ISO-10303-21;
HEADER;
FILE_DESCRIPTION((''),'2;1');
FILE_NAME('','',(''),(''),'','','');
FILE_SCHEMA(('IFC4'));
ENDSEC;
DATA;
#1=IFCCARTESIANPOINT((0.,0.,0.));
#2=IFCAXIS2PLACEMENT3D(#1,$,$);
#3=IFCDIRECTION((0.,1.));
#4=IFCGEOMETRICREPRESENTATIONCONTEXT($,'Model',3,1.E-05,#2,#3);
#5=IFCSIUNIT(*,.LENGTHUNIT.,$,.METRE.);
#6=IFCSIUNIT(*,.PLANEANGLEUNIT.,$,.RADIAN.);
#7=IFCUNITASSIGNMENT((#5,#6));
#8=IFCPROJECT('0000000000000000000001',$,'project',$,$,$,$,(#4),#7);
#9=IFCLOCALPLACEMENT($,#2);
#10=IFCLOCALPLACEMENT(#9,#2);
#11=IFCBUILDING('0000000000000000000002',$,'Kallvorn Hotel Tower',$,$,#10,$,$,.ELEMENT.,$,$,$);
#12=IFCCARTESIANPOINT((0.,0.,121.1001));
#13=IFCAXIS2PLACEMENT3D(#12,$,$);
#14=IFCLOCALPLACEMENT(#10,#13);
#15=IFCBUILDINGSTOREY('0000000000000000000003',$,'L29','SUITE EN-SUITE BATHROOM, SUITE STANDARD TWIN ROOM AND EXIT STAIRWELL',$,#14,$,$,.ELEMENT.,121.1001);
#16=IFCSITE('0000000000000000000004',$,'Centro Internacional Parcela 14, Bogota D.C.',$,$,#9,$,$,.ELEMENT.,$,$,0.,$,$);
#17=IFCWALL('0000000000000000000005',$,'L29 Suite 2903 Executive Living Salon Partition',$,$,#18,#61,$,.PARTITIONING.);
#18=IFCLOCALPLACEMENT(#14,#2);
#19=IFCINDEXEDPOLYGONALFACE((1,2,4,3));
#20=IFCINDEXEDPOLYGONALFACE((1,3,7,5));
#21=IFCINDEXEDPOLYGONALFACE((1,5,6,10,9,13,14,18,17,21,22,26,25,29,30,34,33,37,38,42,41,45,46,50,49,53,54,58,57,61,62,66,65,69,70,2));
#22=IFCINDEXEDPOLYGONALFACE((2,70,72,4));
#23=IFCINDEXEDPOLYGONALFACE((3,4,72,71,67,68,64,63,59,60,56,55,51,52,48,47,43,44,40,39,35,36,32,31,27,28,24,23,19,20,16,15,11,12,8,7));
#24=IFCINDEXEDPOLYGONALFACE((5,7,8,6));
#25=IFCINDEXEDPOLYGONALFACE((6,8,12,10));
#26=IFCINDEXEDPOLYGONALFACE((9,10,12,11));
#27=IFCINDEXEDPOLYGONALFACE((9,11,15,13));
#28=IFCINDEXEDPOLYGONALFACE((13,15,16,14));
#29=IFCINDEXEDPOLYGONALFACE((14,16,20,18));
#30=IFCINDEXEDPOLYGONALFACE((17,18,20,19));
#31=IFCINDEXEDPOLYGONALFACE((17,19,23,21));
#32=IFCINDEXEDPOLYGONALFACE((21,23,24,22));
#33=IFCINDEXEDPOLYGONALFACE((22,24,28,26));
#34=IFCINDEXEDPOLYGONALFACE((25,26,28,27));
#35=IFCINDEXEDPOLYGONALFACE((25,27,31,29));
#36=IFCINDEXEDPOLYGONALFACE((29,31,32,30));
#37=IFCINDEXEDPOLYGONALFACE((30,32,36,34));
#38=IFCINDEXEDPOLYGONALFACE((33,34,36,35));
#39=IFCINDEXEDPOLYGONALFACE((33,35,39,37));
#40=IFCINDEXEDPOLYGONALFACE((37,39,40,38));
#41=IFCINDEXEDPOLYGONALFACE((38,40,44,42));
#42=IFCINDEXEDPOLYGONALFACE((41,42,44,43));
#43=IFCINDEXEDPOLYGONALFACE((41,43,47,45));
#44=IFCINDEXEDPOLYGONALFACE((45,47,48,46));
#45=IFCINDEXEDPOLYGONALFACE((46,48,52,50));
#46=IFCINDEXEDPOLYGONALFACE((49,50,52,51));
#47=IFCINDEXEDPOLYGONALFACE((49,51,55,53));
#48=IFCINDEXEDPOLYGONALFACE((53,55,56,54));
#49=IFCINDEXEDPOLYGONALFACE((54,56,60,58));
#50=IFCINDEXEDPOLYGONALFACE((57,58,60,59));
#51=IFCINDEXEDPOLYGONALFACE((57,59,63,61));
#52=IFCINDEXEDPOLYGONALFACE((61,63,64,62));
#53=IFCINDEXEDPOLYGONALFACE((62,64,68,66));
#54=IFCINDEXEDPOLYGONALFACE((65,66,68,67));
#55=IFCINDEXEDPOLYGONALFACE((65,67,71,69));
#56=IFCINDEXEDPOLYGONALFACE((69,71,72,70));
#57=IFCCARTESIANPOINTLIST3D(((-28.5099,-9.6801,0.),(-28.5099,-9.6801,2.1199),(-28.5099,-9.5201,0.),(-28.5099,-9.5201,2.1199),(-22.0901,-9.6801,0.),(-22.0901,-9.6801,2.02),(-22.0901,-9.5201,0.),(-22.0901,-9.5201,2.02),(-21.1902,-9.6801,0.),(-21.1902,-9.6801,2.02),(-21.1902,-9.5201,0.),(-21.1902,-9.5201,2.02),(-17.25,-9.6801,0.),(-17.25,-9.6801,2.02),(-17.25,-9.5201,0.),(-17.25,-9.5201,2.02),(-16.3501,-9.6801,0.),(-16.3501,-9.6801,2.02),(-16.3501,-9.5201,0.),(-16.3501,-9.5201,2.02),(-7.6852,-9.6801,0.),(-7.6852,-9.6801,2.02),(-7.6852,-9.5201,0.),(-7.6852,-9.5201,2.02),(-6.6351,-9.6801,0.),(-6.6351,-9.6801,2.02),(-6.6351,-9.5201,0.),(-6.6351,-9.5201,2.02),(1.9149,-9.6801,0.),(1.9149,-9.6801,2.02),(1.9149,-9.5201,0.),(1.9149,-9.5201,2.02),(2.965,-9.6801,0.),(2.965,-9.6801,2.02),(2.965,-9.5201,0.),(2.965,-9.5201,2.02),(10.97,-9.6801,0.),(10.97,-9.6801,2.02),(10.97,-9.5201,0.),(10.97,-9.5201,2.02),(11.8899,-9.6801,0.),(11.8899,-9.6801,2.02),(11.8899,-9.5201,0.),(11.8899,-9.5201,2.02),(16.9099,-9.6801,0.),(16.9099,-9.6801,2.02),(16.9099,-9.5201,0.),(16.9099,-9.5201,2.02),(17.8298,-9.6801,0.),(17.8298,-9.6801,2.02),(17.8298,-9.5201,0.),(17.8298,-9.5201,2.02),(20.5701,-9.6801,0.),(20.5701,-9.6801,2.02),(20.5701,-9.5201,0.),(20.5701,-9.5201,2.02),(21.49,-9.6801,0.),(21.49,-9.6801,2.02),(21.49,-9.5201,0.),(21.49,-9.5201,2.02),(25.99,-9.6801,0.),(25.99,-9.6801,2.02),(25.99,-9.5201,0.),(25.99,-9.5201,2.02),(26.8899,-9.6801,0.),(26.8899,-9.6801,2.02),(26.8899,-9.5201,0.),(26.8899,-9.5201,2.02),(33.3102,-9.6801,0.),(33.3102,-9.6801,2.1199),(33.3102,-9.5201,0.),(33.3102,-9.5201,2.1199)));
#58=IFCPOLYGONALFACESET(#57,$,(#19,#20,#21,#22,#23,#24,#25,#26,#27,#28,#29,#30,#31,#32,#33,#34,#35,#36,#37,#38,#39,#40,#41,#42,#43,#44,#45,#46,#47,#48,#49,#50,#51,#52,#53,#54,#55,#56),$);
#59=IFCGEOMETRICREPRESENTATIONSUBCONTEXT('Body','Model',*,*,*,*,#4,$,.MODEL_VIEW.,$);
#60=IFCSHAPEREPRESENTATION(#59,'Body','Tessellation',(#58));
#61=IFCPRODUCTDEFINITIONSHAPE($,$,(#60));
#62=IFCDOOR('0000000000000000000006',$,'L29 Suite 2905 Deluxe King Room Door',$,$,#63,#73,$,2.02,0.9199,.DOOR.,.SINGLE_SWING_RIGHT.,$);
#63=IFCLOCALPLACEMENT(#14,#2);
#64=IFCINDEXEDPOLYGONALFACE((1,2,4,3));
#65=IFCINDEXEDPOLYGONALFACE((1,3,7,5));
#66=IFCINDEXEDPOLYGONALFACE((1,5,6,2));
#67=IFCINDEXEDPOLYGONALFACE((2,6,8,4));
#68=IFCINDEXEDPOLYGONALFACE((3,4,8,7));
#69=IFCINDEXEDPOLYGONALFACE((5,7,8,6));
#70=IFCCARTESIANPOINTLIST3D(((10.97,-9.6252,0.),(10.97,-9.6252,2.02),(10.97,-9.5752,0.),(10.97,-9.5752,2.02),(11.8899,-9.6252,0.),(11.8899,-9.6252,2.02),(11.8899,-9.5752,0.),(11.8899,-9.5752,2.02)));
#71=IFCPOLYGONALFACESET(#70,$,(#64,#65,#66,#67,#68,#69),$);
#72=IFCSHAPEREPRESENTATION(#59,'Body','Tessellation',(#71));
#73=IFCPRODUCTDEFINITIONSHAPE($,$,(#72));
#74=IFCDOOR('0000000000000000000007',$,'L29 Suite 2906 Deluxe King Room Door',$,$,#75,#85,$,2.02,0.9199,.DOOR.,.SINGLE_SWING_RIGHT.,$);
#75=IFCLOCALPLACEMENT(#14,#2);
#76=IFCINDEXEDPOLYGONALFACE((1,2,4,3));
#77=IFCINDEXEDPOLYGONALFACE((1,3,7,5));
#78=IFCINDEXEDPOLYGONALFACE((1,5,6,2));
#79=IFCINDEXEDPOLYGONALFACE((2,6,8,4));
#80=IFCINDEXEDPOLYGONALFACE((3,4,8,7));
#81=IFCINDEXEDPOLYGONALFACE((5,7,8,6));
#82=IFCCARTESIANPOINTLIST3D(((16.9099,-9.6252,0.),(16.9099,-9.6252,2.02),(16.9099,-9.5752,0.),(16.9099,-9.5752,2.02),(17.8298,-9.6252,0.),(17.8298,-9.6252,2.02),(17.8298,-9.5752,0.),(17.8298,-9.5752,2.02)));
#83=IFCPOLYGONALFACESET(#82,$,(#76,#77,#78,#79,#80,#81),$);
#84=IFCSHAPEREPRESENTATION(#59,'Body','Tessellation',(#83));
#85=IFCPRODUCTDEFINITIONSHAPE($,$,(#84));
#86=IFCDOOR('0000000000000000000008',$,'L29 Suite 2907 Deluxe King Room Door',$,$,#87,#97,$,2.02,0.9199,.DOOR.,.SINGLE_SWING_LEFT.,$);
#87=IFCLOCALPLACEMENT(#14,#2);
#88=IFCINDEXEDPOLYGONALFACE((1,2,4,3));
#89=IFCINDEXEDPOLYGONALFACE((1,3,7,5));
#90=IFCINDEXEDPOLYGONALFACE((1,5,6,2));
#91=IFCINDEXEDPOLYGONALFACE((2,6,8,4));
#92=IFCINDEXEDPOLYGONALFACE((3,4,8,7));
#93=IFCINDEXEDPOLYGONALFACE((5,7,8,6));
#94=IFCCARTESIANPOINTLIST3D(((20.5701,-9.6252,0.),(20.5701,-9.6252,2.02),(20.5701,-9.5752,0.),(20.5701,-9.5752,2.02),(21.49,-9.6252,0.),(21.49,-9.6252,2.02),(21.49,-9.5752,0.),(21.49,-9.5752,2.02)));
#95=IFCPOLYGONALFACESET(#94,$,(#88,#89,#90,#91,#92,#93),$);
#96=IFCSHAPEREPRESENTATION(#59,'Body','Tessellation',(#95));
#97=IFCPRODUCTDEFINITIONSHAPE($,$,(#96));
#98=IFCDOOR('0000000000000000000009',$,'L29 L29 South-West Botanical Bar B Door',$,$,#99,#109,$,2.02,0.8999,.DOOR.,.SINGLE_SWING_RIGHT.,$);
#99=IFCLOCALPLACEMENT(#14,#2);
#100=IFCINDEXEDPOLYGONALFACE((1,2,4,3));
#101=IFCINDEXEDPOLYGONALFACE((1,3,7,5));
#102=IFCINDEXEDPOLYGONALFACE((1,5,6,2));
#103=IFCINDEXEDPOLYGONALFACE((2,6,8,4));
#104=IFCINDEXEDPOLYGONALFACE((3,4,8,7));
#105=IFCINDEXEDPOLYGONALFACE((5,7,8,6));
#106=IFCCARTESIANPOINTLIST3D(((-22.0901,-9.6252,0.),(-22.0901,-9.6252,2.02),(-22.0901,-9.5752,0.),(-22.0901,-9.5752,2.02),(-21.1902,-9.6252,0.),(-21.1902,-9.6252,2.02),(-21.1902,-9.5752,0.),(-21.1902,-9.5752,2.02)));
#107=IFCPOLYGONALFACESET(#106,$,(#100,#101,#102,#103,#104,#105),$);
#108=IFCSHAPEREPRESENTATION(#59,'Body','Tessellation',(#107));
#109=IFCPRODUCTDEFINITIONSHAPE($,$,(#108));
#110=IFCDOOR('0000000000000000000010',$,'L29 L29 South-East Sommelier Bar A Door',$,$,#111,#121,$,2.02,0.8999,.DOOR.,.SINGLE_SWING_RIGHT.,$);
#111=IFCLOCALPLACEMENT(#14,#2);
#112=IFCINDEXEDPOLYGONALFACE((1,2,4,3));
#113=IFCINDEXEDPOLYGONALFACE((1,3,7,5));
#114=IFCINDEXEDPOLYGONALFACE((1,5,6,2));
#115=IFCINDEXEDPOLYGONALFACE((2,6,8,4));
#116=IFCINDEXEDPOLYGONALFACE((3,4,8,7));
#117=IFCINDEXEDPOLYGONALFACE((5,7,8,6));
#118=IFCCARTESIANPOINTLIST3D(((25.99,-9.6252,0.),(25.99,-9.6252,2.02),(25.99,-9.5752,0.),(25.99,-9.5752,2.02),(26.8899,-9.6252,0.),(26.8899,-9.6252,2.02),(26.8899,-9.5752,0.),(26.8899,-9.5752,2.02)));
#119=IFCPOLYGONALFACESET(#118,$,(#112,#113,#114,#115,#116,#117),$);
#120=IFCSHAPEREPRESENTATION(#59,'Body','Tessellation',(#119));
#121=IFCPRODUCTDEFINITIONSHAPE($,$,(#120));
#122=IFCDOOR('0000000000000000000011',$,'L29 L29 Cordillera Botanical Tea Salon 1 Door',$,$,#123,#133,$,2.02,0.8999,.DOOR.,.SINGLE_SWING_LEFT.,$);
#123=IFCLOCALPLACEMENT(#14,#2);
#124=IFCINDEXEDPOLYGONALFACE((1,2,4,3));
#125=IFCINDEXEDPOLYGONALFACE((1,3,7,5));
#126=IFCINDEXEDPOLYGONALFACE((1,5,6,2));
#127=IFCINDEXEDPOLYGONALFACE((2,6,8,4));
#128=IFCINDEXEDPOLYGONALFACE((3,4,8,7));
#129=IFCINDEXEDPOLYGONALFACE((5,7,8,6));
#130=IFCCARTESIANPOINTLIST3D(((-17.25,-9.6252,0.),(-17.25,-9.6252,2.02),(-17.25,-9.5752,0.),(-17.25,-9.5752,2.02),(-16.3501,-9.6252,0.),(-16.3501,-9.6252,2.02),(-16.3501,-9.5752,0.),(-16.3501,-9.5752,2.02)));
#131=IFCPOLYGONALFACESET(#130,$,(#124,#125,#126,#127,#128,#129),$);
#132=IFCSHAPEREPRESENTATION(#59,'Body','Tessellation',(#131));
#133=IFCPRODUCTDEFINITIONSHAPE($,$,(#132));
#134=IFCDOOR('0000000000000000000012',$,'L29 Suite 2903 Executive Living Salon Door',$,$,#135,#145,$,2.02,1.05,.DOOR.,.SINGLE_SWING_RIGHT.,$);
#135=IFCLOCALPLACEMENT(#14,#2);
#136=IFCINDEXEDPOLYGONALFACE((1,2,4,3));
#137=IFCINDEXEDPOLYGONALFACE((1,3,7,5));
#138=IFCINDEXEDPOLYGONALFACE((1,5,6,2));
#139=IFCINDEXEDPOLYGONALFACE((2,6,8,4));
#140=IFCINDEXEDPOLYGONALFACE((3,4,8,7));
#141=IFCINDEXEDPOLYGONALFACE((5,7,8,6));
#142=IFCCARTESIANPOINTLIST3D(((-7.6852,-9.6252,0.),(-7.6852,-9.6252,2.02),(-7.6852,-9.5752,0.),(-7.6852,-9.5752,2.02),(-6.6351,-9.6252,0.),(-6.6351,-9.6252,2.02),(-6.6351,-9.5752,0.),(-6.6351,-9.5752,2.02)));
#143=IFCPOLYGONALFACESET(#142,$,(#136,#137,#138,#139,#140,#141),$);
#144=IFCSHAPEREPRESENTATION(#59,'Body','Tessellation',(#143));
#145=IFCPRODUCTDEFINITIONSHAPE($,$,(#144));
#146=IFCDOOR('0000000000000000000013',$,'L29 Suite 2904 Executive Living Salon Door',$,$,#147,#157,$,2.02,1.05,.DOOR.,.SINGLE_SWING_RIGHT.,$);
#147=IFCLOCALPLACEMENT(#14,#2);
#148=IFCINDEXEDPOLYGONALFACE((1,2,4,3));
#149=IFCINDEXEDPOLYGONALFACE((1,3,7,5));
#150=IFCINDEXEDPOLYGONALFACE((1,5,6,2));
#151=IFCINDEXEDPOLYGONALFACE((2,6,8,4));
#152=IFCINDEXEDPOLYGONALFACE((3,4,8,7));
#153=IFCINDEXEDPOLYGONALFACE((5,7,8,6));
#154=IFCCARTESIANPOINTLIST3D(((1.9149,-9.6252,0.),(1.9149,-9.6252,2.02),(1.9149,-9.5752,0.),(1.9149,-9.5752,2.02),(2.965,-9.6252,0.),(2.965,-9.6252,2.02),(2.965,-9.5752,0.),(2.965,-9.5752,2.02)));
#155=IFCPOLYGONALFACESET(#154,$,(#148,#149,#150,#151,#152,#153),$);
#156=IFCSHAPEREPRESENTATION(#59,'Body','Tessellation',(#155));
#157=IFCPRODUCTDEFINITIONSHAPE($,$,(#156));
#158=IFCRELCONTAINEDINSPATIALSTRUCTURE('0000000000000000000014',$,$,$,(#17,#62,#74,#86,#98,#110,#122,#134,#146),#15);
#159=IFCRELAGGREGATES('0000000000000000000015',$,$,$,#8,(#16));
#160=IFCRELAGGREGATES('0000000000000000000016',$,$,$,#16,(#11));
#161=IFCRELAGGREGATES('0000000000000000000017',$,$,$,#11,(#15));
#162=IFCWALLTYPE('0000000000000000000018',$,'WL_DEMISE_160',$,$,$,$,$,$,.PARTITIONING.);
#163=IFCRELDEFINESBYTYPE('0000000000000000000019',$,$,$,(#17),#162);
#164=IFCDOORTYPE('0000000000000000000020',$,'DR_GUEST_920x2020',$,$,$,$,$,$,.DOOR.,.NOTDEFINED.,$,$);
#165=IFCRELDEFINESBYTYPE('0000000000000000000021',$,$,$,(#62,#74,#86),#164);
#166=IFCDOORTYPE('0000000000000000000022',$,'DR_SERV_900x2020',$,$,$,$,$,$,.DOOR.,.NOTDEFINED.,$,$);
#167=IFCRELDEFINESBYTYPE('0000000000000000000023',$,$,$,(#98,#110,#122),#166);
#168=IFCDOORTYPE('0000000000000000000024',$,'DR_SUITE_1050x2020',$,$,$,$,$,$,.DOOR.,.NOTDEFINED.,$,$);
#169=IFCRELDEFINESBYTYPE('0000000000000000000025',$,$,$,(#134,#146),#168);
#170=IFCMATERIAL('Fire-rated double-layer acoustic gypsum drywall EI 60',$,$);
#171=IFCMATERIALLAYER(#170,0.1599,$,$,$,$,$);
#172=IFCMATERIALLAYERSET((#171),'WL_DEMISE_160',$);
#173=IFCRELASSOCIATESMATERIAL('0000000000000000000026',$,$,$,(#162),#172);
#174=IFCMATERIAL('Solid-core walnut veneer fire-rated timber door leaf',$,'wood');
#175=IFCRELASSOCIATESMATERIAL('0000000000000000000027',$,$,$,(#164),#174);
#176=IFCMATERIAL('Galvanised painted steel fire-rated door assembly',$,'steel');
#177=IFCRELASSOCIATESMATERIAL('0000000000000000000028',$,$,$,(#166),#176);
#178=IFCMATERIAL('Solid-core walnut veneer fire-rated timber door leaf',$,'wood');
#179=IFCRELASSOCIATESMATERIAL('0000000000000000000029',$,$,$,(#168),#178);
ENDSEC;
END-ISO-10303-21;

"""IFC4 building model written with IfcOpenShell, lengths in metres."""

from ifc_helpers import new_model, si_unit, direction, frame, frame_2d, origin, place, context, subcontext, project, spatial, rectangle, extrude, material, layer, layer_set, type_object, element, fill, save


model = new_model("IFC4")

# Units and contexts
model_context = context("Model", 3, precision=1e-05, world=origin(), true_north=direction((0.0, 1.0)))
body_context = subcontext(model_context, "Body", "Model", "MODEL_VIEW")
ifc_project = project(units=[si_unit("LENGTHUNIT", "METRE"), si_unit("PLANEANGLEUNIT", "RADIAN")], contexts=[model_context])

# Site, building, storey
site_placement = place(None, origin())
site = spatial("IfcSite", under=ifc_project, at=site_placement, Name="Centro Internacional Parcela 14, Bogota D.C.", CompositionType="ELEMENT", RefElevation=0.0)
building_placement = place(site_placement, origin())
building = spatial("IfcBuilding", under=site, at=building_placement, Name="Kallvorn Hotel Tower", CompositionType="ELEMENT")
storey_placement = place(building_placement, frame((0.0, 0.0, 121.1001)))
storey = spatial("IfcBuildingStorey", under=building, at=storey_placement, Name="L29", Description="SUITE EN-SUITE BATHROOM, SUITE STANDARD TWIN ROOM AND EXIT STAIRWELL", CompositionType="ELEMENT", Elevation=121.1001)

# Wall, openings, doors
ifc_material_1 = material(Name="Fire-rated double-layer acoustic gypsum drywall EI 60")
ifc_layer_1 = layer(ifc_material_1, 0.1599)
ifc_layer_set_1 = layer_set([ifc_layer_1], Name="WL_DEMISE_160")
wall_type_1 = type_object("IfcWallType", Name="WL_DEMISE_160", PredefinedType="PARTITIONING", material=ifc_layer_set_1)
wall_1_placement = place(storey_placement, frame((-28.51, -9.6001, 0.0), z_axis=(0.0, 0.0, 1.0), x_axis=(1.0, 0.0, 0.0)))
wall_1 = element("IfcWall", 1, at=wall_1_placement, inside=storey, type_object=wall_type_1, Name="L29 Suite 2903 Executive Living Salon Partition", PredefinedType="PARTITIONING", context=body_context, shape_type="SweptSolid", body=[
    extrude(rectangle(XDim=61.8201, YDim=0.1599, at=frame_2d((30.9102, 0.0))), origin(), (0.0, 0.0, 1.0), 2.1199),
])
opening_1_placement = place(wall_1_placement, frame((6.4199, 0.0, 0.0)))
opening_1 = element("IfcOpeningElement", 2, at=opening_1_placement, cuts=wall_1, PredefinedType="OPENING", context=body_context, shape_type="SweptSolid", body=[
    extrude(rectangle(XDim=0.8999, YDim=2.02, at=frame_2d((0.45, 1.01))), frame((0.0, 0.095, 0.0), z_axis=(0.0, -1.0, 0.0), x_axis=(1.0, 0.0, 0.0)), (0.0, 0.0, 1.0), 0.1899),
])
opening_2_placement = place(wall_1_placement, frame((54.5, 0.0, 0.0)))
opening_2 = element("IfcOpeningElement", 3, at=opening_2_placement, cuts=wall_1, PredefinedType="OPENING", context=body_context, shape_type="SweptSolid", body=[
    extrude(rectangle(XDim=0.8999, YDim=2.02, at=frame_2d((0.45, 1.01))), frame((0.0, 0.095, 0.0), z_axis=(0.0, -1.0, 0.0), x_axis=(1.0, 0.0, 0.0)), (0.0, 0.0, 1.0), 0.1899),
])
opening_3_placement = place(wall_1_placement, frame((11.26, 0.0, 0.0)))
opening_3 = element("IfcOpeningElement", 4, at=opening_3_placement, cuts=wall_1, PredefinedType="OPENING", context=body_context, shape_type="SweptSolid", body=[
    extrude(rectangle(XDim=0.8999, YDim=2.02, at=frame_2d((0.45, 1.01))), frame((0.0, 0.095, 0.0), z_axis=(0.0, -1.0, 0.0), x_axis=(1.0, 0.0, 0.0)), (0.0, 0.0, 1.0), 0.1899),
])
opening_4_placement = place(wall_1_placement, frame((20.825, 0.0, 0.0)))
opening_4 = element("IfcOpeningElement", 5, at=opening_4_placement, cuts=wall_1, PredefinedType="OPENING", context=body_context, shape_type="SweptSolid", body=[
    extrude(rectangle(XDim=1.05, YDim=2.02, at=frame_2d((0.5249, 1.01))), frame((0.0, 0.095, 0.0), z_axis=(0.0, -1.0, 0.0), x_axis=(1.0, 0.0, 0.0)), (0.0, 0.0, 1.0), 0.1899),
])
opening_5_placement = place(wall_1_placement, frame((30.425, 0.0, 0.0)))
opening_5 = element("IfcOpeningElement", 6, at=opening_5_placement, cuts=wall_1, PredefinedType="OPENING", context=body_context, shape_type="SweptSolid", body=[
    extrude(rectangle(XDim=1.05, YDim=2.02, at=frame_2d((0.5249, 1.01))), frame((0.0, 0.095, 0.0), z_axis=(0.0, -1.0, 0.0), x_axis=(1.0, 0.0, 0.0)), (0.0, 0.0, 1.0), 0.1899),
])
opening_6_placement = place(wall_1_placement, frame((39.48, 0.0, 0.0)))
opening_6 = element("IfcOpeningElement", 7, at=opening_6_placement, cuts=wall_1, PredefinedType="OPENING", context=body_context, shape_type="SweptSolid", body=[
    extrude(rectangle(XDim=0.9199, YDim=2.02, at=frame_2d((0.46, 1.01))), frame((0.0, 0.095, 0.0), z_axis=(0.0, -1.0, 0.0), x_axis=(1.0, 0.0, 0.0)), (0.0, 0.0, 1.0), 0.1899),
])
opening_7_placement = place(wall_1_placement, frame((45.4199, 0.0, 0.0)))
opening_7 = element("IfcOpeningElement", 8, at=opening_7_placement, cuts=wall_1, PredefinedType="OPENING", context=body_context, shape_type="SweptSolid", body=[
    extrude(rectangle(XDim=0.9199, YDim=2.02, at=frame_2d((0.46, 1.01))), frame((0.0, 0.095, 0.0), z_axis=(0.0, -1.0, 0.0), x_axis=(1.0, 0.0, 0.0)), (0.0, 0.0, 1.0), 0.1899),
])
opening_8_placement = place(wall_1_placement, frame((49.0801, 0.0, 0.0)))
opening_8 = element("IfcOpeningElement", 9, at=opening_8_placement, cuts=wall_1, PredefinedType="OPENING", context=body_context, shape_type="SweptSolid", body=[
    extrude(rectangle(XDim=0.9199, YDim=2.02, at=frame_2d((0.46, 1.01))), frame((0.0, 0.095, 0.0), z_axis=(0.0, -1.0, 0.0), x_axis=(1.0, 0.0, 0.0)), (0.0, 0.0, 1.0), 0.1899),
])
ifc_material_2 = material(Name="Solid-core walnut veneer fire-rated timber door leaf", Category="wood")
door_type_1 = type_object("IfcDoorType", Name="DR_GUEST_920x2020", OperationType="NOTDEFINED", PredefinedType="DOOR", material=ifc_material_2)
door_1_placement = place(opening_6_placement, origin())
door_1 = element("IfcDoor", 10, at=door_1_placement, inside=storey, type_object=door_type_1, Name="L29 Suite 2905 Deluxe King Room Door", OperationType="SINGLE_SWING_RIGHT", OverallHeight=2.02, OverallWidth=0.9199, PredefinedType="DOOR", context=body_context, shape_type="SweptSolid", body=[
    extrude(rectangle(XDim=0.9199, YDim=2.02, at=frame_2d((0.46, 1.01))), frame((0.0, 0.0249, 0.0), z_axis=(0.0, -1.0, 0.0), x_axis=(1.0, 0.0, 0.0)), (0.0, 0.0, 1.0), 0.05),
])
fill(opening_6, door_1)
door_2_placement = place(opening_7_placement, origin())
door_2 = element("IfcDoor", 11, at=door_2_placement, inside=storey, type_object=door_type_1, Name="L29 Suite 2906 Deluxe King Room Door", OperationType="SINGLE_SWING_RIGHT", OverallHeight=2.02, OverallWidth=0.9199, PredefinedType="DOOR", context=body_context, shape_type="SweptSolid", body=[
    extrude(rectangle(XDim=0.9199, YDim=2.02, at=frame_2d((0.46, 1.01))), frame((0.0, 0.0249, 0.0), z_axis=(0.0, -1.0, 0.0), x_axis=(1.0, 0.0, 0.0)), (0.0, 0.0, 1.0), 0.05),
])
fill(opening_7, door_2)
door_3_placement = place(opening_8_placement, origin())
door_3 = element("IfcDoor", 12, at=door_3_placement, inside=storey, type_object=door_type_1, Name="L29 Suite 2907 Deluxe King Room Door", OperationType="SINGLE_SWING_LEFT", OverallHeight=2.02, OverallWidth=0.9199, PredefinedType="DOOR", context=body_context, shape_type="SweptSolid", body=[
    extrude(rectangle(XDim=0.9199, YDim=2.02, at=frame_2d((0.46, 1.01))), frame((0.0, 0.0249, 0.0), z_axis=(0.0, -1.0, 0.0), x_axis=(1.0, 0.0, 0.0)), (0.0, 0.0, 1.0), 0.05),
])
fill(opening_8, door_3)
ifc_material_3 = material(Name="Galvanised painted steel fire-rated door assembly", Category="steel")
door_type_2 = type_object("IfcDoorType", Name="DR_SERV_900x2020", OperationType="NOTDEFINED", PredefinedType="DOOR", material=ifc_material_3)
door_4_placement = place(opening_1_placement, origin())
door_4 = element("IfcDoor", 13, at=door_4_placement, inside=storey, type_object=door_type_2, Name="L29 L29 South-West Botanical Bar B Door", OperationType="SINGLE_SWING_RIGHT", OverallHeight=2.02, OverallWidth=0.8999, PredefinedType="DOOR", context=body_context, shape_type="SweptSolid", body=[
    extrude(rectangle(XDim=0.8999, YDim=2.02, at=frame_2d((0.45, 1.01))), frame((0.0, 0.0249, 0.0), z_axis=(0.0, -1.0, 0.0), x_axis=(1.0, 0.0, 0.0)), (0.0, 0.0, 1.0), 0.05),
])
fill(opening_1, door_4)
door_5_placement = place(opening_2_placement, origin())
door_5 = element("IfcDoor", 14, at=door_5_placement, inside=storey, type_object=door_type_2, Name="L29 L29 South-East Sommelier Bar A Door", OperationType="SINGLE_SWING_RIGHT", OverallHeight=2.02, OverallWidth=0.8999, PredefinedType="DOOR", context=body_context, shape_type="SweptSolid", body=[
    extrude(rectangle(XDim=0.8999, YDim=2.02, at=frame_2d((0.45, 1.01))), frame((0.0, 0.0249, 0.0), z_axis=(0.0, -1.0, 0.0), x_axis=(1.0, 0.0, 0.0)), (0.0, 0.0, 1.0), 0.05),
])
fill(opening_2, door_5)
door_6_placement = place(opening_3_placement, origin())
door_6 = element("IfcDoor", 15, at=door_6_placement, inside=storey, type_object=door_type_2, Name="L29 L29 Cordillera Botanical Tea Salon 1 Door", OperationType="SINGLE_SWING_LEFT", OverallHeight=2.02, OverallWidth=0.8999, PredefinedType="DOOR", context=body_context, shape_type="SweptSolid", body=[
    extrude(rectangle(XDim=0.8999, YDim=2.02, at=frame_2d((0.45, 1.01))), frame((0.0, 0.0249, 0.0), z_axis=(0.0, -1.0, 0.0), x_axis=(1.0, 0.0, 0.0)), (0.0, 0.0, 1.0), 0.05),
])
fill(opening_3, door_6)
ifc_material_4 = material(Name="Solid-core walnut veneer fire-rated timber door leaf", Category="wood")
door_type_3 = type_object("IfcDoorType", Name="DR_SUITE_1050x2020", OperationType="NOTDEFINED", PredefinedType="DOOR", material=ifc_material_4)
door_7_placement = place(opening_4_placement, origin())
door_7 = element("IfcDoor", 16, at=door_7_placement, inside=storey, type_object=door_type_3, Name="L29 Suite 2903 Executive Living Salon Door", OperationType="SINGLE_SWING_RIGHT", OverallHeight=2.02, OverallWidth=1.05, PredefinedType="DOOR", context=body_context, shape_type="SweptSolid", body=[
    extrude(rectangle(XDim=1.05, YDim=2.02, at=frame_2d((0.5249, 1.01))), frame((0.0, 0.0249, 0.0), z_axis=(0.0, -1.0, 0.0), x_axis=(1.0, 0.0, 0.0)), (0.0, 0.0, 1.0), 0.05),
])
fill(opening_4, door_7)
door_8_placement = place(opening_5_placement, origin())
door_8 = element("IfcDoor", 17, at=door_8_placement, inside=storey, type_object=door_type_3, Name="L29 Suite 2904 Executive Living Salon Door", OperationType="SINGLE_SWING_RIGHT", OverallHeight=2.02, OverallWidth=1.05, PredefinedType="DOOR", context=body_context, shape_type="SweptSolid", body=[
    extrude(rectangle(XDim=1.05, YDim=2.02, at=frame_2d((0.5249, 1.01))), frame((0.0, 0.0249, 0.0), z_axis=(0.0, -1.0, 0.0), x_axis=(1.0, 0.0, 0.0)), (0.0, 0.0, 1.0), 0.05),
])
fill(opening_5, door_8)

save(model, "model.ifc")
